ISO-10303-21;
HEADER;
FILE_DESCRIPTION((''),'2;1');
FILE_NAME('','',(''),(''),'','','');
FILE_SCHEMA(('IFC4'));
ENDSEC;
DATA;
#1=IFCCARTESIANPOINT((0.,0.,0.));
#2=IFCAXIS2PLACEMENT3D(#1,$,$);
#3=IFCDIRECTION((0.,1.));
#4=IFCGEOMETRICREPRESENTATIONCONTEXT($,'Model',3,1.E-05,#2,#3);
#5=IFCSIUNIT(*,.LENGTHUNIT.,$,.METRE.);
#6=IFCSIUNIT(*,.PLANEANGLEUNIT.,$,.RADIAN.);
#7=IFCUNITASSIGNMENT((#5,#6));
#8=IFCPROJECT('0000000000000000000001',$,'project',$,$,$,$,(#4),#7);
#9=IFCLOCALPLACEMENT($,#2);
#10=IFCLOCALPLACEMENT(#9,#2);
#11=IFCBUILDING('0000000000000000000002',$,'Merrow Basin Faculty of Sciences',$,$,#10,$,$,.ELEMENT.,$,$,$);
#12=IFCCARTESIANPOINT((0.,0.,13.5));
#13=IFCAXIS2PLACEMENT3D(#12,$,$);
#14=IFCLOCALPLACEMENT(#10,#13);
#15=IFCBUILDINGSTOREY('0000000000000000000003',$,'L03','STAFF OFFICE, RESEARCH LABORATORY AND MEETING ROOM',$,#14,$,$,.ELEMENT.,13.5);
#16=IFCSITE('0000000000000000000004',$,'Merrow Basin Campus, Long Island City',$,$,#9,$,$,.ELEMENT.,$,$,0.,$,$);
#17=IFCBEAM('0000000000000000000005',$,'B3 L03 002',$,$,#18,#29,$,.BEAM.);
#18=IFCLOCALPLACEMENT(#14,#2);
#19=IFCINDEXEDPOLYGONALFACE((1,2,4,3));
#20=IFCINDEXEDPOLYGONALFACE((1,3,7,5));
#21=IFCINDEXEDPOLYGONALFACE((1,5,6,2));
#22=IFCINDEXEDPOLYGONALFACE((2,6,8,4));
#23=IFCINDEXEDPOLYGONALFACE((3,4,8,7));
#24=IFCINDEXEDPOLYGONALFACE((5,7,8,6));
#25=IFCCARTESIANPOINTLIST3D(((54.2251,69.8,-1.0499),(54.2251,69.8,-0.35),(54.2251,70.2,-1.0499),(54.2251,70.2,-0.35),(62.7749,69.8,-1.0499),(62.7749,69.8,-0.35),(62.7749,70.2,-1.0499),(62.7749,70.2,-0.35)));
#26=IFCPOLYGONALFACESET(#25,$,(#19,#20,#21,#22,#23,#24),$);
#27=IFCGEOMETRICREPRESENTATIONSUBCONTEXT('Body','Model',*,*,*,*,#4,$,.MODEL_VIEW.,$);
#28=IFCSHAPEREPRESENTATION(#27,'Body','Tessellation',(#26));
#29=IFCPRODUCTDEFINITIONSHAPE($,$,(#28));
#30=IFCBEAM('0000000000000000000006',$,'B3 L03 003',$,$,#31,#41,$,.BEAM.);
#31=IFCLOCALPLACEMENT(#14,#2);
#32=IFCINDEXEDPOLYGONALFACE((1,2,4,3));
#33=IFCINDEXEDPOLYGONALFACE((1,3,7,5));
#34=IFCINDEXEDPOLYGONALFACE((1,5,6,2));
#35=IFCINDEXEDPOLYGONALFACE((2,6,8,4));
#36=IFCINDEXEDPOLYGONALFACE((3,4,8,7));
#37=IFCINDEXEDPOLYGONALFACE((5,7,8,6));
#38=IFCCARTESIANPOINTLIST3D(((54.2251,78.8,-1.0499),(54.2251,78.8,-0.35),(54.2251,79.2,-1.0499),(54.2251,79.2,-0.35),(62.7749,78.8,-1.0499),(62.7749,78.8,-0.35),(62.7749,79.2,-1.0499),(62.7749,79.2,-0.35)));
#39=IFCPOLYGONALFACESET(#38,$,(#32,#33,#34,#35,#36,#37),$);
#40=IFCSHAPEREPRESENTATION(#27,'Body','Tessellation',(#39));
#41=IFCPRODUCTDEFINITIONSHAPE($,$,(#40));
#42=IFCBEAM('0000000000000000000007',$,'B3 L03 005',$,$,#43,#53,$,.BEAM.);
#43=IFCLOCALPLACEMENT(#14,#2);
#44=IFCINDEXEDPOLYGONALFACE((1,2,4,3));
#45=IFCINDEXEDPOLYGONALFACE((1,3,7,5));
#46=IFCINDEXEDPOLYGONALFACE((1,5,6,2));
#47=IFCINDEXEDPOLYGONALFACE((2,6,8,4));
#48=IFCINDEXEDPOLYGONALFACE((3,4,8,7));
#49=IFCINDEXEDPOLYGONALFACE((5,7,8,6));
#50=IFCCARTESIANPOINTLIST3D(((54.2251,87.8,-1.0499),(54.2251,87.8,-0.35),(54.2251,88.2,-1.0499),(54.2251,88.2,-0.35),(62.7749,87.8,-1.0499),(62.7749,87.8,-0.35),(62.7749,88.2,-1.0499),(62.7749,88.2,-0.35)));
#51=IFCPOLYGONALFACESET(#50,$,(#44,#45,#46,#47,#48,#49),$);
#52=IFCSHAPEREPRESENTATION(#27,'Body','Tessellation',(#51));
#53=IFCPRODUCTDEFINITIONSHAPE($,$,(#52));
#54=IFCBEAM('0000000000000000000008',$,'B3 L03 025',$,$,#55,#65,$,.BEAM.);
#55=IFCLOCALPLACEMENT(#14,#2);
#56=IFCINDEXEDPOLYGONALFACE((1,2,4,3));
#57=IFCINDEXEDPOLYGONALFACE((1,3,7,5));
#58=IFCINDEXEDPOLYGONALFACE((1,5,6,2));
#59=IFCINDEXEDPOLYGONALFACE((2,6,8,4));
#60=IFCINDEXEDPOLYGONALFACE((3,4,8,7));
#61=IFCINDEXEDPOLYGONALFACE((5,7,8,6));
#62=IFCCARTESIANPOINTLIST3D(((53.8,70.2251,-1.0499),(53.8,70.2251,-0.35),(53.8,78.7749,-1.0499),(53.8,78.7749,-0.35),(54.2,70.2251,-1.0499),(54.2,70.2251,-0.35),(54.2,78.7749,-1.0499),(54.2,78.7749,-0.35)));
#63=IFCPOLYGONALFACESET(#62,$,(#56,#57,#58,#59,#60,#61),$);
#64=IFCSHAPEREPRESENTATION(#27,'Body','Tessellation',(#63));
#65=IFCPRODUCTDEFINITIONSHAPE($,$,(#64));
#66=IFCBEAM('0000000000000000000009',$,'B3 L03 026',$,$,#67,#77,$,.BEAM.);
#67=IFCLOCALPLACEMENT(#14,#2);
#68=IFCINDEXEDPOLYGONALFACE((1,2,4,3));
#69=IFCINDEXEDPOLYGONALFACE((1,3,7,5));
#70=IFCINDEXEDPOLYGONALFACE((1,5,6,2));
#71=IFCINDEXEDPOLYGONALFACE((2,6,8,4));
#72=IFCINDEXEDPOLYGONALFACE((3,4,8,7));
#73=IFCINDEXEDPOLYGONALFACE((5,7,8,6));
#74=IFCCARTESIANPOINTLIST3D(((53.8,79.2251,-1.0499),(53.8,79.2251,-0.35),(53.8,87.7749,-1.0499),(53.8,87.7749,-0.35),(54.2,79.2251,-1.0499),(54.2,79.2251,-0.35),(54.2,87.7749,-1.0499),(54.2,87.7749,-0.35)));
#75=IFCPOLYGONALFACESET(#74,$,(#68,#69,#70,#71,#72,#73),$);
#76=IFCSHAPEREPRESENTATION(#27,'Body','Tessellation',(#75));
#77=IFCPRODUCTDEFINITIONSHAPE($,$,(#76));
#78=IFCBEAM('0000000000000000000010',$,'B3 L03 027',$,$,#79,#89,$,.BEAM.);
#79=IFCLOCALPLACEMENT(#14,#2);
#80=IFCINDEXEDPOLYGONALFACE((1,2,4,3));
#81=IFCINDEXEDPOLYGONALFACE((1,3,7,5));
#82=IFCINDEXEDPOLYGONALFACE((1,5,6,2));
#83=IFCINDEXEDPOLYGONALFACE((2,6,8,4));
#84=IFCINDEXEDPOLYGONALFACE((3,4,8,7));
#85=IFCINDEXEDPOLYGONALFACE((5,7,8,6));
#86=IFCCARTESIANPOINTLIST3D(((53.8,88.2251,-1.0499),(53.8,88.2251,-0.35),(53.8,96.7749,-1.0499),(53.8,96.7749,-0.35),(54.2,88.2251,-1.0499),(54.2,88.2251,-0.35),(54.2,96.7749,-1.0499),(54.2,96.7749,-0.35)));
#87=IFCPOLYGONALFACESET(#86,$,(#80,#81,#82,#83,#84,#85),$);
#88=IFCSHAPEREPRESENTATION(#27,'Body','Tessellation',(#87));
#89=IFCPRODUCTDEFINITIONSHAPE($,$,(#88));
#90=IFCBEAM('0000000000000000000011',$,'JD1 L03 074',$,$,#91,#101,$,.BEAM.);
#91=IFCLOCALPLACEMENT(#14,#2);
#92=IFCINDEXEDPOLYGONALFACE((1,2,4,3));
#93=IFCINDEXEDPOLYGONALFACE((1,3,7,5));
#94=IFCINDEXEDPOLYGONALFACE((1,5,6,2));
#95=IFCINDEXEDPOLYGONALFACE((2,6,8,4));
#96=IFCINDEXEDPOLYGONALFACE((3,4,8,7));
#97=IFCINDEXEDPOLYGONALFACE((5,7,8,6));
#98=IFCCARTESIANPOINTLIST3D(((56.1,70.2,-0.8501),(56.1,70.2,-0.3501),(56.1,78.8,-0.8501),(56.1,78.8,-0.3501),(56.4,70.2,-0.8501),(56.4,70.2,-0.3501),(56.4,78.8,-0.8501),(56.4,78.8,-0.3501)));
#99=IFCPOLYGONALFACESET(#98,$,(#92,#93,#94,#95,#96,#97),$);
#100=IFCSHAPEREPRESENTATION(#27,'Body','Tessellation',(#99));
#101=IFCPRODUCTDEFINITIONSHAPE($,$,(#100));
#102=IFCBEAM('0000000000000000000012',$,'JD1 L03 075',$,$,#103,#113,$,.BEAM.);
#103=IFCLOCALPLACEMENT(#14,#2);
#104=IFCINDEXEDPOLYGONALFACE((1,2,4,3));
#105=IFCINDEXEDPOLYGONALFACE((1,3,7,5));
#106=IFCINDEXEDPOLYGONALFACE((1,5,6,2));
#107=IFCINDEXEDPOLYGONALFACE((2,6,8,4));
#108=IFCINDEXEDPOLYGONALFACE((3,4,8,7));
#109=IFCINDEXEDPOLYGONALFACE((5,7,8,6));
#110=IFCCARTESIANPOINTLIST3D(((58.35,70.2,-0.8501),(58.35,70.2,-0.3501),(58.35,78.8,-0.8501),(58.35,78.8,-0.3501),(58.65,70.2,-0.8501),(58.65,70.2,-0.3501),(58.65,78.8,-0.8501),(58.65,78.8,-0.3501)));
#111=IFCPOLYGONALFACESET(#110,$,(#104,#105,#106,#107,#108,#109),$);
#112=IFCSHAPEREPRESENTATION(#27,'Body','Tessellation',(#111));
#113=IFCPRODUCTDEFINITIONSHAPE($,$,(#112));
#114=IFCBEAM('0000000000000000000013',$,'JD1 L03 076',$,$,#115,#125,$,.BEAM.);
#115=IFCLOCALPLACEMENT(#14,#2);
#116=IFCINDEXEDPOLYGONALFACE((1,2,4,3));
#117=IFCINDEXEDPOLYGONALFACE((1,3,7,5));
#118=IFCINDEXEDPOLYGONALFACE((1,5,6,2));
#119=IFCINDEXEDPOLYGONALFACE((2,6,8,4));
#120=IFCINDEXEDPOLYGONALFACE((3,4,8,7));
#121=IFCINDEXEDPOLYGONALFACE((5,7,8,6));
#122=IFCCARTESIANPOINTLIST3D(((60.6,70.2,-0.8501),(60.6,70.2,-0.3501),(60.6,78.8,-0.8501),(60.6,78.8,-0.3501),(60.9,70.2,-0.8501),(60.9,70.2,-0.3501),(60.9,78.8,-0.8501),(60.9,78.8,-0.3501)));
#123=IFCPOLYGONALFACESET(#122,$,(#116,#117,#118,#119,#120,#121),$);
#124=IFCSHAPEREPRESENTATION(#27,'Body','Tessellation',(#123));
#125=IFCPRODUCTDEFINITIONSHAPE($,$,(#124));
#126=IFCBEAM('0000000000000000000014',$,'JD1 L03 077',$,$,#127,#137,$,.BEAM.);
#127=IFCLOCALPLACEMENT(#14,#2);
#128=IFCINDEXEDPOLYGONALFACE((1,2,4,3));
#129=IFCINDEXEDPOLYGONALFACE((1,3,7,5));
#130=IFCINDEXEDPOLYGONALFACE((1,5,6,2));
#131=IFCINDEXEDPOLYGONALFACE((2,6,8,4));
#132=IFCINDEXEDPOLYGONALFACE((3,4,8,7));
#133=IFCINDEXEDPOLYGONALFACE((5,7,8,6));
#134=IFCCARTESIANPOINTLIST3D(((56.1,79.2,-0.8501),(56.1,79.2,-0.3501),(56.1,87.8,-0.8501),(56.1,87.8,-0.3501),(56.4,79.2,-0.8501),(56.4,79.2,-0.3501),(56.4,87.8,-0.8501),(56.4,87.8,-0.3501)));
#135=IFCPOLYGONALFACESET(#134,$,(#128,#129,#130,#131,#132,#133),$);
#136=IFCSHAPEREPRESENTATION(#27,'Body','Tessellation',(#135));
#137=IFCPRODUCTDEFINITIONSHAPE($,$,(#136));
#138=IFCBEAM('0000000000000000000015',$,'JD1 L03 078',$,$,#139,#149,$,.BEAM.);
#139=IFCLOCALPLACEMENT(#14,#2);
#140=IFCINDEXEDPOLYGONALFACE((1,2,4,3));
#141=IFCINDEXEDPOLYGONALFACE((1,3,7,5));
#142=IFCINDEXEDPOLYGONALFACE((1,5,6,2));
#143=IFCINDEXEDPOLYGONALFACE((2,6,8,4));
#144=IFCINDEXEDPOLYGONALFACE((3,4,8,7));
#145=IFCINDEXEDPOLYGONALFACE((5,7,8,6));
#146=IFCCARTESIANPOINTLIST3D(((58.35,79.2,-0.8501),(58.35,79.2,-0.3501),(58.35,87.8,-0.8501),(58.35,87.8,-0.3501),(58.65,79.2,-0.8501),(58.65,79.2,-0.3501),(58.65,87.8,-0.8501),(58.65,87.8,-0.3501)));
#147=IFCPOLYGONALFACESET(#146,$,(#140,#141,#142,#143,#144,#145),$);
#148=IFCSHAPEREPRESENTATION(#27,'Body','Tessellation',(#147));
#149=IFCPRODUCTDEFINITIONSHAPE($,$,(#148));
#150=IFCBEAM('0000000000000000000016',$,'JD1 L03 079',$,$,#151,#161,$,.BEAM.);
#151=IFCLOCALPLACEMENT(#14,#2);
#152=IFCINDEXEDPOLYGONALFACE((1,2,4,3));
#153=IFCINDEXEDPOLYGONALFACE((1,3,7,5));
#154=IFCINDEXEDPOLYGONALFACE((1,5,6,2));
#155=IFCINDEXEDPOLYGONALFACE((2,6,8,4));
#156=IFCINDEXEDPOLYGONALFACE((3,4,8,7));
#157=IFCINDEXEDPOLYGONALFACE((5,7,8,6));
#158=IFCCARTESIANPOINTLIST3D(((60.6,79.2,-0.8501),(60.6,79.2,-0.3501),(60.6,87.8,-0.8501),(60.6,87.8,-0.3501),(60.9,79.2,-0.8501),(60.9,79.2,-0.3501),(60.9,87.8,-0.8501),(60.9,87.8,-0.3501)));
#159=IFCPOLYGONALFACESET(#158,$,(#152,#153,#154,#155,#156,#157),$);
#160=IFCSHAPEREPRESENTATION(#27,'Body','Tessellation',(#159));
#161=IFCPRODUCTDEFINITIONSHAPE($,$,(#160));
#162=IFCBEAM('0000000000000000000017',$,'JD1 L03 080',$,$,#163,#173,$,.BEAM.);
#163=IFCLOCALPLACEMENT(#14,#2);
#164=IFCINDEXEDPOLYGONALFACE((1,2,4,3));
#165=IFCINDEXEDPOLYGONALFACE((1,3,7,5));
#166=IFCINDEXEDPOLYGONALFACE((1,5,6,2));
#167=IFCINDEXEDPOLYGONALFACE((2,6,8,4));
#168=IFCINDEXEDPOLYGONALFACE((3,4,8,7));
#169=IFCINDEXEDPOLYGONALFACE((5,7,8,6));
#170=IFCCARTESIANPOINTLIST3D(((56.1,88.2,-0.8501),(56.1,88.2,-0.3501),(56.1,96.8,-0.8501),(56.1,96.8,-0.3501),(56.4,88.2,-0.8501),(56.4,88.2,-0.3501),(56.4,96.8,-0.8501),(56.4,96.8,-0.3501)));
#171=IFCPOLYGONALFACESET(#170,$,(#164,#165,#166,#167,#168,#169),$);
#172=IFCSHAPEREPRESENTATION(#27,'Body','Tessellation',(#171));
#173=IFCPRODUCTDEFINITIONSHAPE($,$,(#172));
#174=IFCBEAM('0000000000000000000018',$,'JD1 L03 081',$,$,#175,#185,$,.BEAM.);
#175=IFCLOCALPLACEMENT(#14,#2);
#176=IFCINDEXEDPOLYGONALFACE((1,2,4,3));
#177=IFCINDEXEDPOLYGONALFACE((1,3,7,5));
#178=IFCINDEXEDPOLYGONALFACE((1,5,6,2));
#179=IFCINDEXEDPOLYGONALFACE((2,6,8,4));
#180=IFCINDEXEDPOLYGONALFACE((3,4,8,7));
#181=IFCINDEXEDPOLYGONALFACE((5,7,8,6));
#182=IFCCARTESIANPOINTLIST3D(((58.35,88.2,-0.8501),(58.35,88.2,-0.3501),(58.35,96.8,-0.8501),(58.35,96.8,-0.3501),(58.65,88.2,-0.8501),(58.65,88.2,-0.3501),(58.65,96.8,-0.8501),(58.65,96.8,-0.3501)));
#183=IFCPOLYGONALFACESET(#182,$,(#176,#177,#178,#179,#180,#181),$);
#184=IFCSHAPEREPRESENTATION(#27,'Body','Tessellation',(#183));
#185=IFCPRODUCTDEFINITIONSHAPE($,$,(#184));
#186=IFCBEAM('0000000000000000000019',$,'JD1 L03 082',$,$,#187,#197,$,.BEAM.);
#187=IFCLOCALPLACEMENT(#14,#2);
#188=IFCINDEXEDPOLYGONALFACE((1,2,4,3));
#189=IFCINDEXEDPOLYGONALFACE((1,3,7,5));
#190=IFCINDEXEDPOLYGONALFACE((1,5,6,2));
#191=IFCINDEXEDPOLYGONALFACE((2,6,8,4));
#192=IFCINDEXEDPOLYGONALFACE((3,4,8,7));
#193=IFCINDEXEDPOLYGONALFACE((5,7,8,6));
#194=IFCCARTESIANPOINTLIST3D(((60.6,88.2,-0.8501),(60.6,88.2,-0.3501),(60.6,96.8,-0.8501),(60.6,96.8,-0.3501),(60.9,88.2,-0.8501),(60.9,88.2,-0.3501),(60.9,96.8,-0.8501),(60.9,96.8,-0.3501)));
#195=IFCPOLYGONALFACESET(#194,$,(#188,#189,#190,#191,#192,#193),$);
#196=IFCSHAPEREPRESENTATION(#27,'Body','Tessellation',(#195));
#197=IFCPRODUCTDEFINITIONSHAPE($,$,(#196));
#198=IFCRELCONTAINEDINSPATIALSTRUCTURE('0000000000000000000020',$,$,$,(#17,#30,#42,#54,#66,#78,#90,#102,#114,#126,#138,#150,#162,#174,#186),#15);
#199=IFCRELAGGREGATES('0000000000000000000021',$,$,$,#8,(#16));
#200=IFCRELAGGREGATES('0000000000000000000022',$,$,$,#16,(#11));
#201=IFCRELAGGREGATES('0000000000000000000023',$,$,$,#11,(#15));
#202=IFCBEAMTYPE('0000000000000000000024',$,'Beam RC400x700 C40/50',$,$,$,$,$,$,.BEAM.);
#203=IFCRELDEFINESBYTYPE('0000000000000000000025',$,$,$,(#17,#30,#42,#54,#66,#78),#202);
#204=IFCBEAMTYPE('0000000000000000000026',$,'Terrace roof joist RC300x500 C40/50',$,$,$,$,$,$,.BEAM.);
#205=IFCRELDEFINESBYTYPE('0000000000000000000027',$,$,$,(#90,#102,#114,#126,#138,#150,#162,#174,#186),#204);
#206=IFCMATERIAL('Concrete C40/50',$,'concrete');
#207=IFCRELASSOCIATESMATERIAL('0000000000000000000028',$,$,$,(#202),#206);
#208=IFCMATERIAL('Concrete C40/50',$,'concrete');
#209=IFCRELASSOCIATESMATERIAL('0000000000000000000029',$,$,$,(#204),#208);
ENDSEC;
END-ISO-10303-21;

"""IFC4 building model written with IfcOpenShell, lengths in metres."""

from ifc_helpers import new_model, si_unit, direction, frame, origin, origin_2d, place, context, subcontext, project, spatial, rectangle, extrude, material, material_profile, profile_set, type_object, element, save


model = new_model("IFC4")

# Units and contexts
model_context = context("Model", 3, precision=1e-05, world=origin(), true_north=direction((0.0, 1.0)))
body_context = subcontext(model_context, "Body", "Model", "MODEL_VIEW")
ifc_project = project(units=[si_unit("LENGTHUNIT", "METRE"), si_unit("PLANEANGLEUNIT", "RADIAN")], contexts=[model_context])

# Site, building, storey
site_placement = place(None, origin())
site = spatial("IfcSite", under=ifc_project, at=site_placement, Name="Merrow Basin Campus, Long Island City", CompositionType="ELEMENT", RefElevation=0.0)
building_placement = place(site_placement, origin())
building = spatial("IfcBuilding", under=site, at=building_placement, Name="Merrow Basin Faculty of Sciences", CompositionType="ELEMENT")
storey_placement = place(building_placement, frame((0.0, 0.0, 13.5)))
storey = spatial("IfcBuildingStorey", under=building, at=storey_placement, Name="L03", Description="STAFF OFFICE, RESEARCH LABORATORY AND MEETING ROOM", CompositionType="ELEMENT", Elevation=13.5)

# Beams
ifc_material_1 = material(Name="Concrete C40/50", Category="concrete")
ifc_material_profile_1 = material_profile(ifc_material_1, rectangle(XDim=0.3999, YDim=0.7, at=origin_2d()))
ifc_profile_set_1 = profile_set([ifc_material_profile_1], Name="Concrete C40/50")
beam_type_1 = type_object("IfcBeamType", Name="Beam RC400x700 C40/50", PredefinedType="BEAM", material=ifc_profile_set_1)
for number, where, z_axis, x_axis, name in (
    (1, (54.2251, 70.0, -0.7), (1.0, 0.0, 0.0), (0.0, 1.0, 0.0), "B3 L03 002"),
    (2, (54.2251, 79.0, -0.7), (1.0, 0.0, 0.0), (0.0, 1.0, 0.0), "B3 L03 003"),
    (3, (54.2251, 88.0, -0.7), (1.0, 0.0, 0.0), (0.0, 1.0, 0.0), "B3 L03 005"),
    (4, (54.0, 70.2251, -0.7), (0.0, 1.0, 0.0), (-1.0, 0.0, 0.0), "B3 L03 025"),
    (5, (54.0, 79.2251, -0.7), (0.0, 1.0, 0.0), (-1.0, 0.0, 0.0), "B3 L03 026"),
    (6, (54.0, 88.2251, -0.7), (0.0, 1.0, 0.0), (-1.0, 0.0, 0.0), "B3 L03 027"),
):
    element("IfcBeam", number, at=place(storey_placement, frame(where, z_axis=z_axis, x_axis=x_axis)), inside=storey, type_object=beam_type_1, Name=name, PredefinedType="BEAM", context=body_context, shape_type="SweptSolid", body=[
        extrude(rectangle(XDim=0.3999, YDim=0.7, at=origin_2d()), origin(), (0.0, 0.0, 1.0), 8.5498),
    ])
ifc_material_2 = material(Name="Concrete C40/50", Category="concrete")
ifc_material_profile_2 = material_profile(ifc_material_2, rectangle(XDim=0.3, YDim=0.5, at=origin_2d()))
ifc_profile_set_2 = profile_set([ifc_material_profile_2], Name="Concrete C40/50")
beam_type_2 = type_object("IfcBeamType", Name="Terrace roof joist RC300x500 C40/50", PredefinedType="BEAM", material=ifc_profile_set_2)
for number, where, z_axis, x_axis, name in (
    (7, (56.25, 70.2, -0.6001), (0.0, 1.0, 0.0), (-1.0, 0.0, 0.0), "JD1 L03 074"),
    (8, (58.5, 70.2, -0.6001), (0.0, 1.0, 0.0), (-1.0, 0.0, 0.0), "JD1 L03 075"),
    (9, (60.75, 70.2, -0.6001), (0.0, 1.0, 0.0), (-1.0, 0.0, 0.0), "JD1 L03 076"),
    (10, (56.25, 79.2, -0.6001), (0.0, 1.0, 0.0), (-1.0, 0.0, 0.0), "JD1 L03 077"),
    (11, (58.5, 79.2, -0.6001), (0.0, 1.0, 0.0), (-1.0, 0.0, 0.0), "JD1 L03 078"),
    (12, (60.75, 79.2, -0.6001), (0.0, 1.0, 0.0), (-1.0, 0.0, 0.0), "JD1 L03 079"),
    (13, (56.25, 88.2, -0.6001), (0.0, 1.0, 0.0), (-1.0, 0.0, 0.0), "JD1 L03 080"),
    (14, (58.5, 88.2, -0.6001), (0.0, 1.0, 0.0), (-1.0, 0.0, 0.0), "JD1 L03 081"),
    (15, (60.75, 88.2, -0.6001), (0.0, 1.0, 0.0), (-1.0, 0.0, 0.0), "JD1 L03 082"),
):
    element("IfcBeam", number, at=place(storey_placement, frame(where, z_axis=z_axis, x_axis=x_axis)), inside=storey, type_object=beam_type_2, Name=name, PredefinedType="BEAM", context=body_context, shape_type="SweptSolid", body=[
        extrude(rectangle(XDim=0.3, YDim=0.5, at=origin_2d()), origin(), (0.0, 0.0, 1.0), 8.6001),
    ])

save(model, "model.ifc")
